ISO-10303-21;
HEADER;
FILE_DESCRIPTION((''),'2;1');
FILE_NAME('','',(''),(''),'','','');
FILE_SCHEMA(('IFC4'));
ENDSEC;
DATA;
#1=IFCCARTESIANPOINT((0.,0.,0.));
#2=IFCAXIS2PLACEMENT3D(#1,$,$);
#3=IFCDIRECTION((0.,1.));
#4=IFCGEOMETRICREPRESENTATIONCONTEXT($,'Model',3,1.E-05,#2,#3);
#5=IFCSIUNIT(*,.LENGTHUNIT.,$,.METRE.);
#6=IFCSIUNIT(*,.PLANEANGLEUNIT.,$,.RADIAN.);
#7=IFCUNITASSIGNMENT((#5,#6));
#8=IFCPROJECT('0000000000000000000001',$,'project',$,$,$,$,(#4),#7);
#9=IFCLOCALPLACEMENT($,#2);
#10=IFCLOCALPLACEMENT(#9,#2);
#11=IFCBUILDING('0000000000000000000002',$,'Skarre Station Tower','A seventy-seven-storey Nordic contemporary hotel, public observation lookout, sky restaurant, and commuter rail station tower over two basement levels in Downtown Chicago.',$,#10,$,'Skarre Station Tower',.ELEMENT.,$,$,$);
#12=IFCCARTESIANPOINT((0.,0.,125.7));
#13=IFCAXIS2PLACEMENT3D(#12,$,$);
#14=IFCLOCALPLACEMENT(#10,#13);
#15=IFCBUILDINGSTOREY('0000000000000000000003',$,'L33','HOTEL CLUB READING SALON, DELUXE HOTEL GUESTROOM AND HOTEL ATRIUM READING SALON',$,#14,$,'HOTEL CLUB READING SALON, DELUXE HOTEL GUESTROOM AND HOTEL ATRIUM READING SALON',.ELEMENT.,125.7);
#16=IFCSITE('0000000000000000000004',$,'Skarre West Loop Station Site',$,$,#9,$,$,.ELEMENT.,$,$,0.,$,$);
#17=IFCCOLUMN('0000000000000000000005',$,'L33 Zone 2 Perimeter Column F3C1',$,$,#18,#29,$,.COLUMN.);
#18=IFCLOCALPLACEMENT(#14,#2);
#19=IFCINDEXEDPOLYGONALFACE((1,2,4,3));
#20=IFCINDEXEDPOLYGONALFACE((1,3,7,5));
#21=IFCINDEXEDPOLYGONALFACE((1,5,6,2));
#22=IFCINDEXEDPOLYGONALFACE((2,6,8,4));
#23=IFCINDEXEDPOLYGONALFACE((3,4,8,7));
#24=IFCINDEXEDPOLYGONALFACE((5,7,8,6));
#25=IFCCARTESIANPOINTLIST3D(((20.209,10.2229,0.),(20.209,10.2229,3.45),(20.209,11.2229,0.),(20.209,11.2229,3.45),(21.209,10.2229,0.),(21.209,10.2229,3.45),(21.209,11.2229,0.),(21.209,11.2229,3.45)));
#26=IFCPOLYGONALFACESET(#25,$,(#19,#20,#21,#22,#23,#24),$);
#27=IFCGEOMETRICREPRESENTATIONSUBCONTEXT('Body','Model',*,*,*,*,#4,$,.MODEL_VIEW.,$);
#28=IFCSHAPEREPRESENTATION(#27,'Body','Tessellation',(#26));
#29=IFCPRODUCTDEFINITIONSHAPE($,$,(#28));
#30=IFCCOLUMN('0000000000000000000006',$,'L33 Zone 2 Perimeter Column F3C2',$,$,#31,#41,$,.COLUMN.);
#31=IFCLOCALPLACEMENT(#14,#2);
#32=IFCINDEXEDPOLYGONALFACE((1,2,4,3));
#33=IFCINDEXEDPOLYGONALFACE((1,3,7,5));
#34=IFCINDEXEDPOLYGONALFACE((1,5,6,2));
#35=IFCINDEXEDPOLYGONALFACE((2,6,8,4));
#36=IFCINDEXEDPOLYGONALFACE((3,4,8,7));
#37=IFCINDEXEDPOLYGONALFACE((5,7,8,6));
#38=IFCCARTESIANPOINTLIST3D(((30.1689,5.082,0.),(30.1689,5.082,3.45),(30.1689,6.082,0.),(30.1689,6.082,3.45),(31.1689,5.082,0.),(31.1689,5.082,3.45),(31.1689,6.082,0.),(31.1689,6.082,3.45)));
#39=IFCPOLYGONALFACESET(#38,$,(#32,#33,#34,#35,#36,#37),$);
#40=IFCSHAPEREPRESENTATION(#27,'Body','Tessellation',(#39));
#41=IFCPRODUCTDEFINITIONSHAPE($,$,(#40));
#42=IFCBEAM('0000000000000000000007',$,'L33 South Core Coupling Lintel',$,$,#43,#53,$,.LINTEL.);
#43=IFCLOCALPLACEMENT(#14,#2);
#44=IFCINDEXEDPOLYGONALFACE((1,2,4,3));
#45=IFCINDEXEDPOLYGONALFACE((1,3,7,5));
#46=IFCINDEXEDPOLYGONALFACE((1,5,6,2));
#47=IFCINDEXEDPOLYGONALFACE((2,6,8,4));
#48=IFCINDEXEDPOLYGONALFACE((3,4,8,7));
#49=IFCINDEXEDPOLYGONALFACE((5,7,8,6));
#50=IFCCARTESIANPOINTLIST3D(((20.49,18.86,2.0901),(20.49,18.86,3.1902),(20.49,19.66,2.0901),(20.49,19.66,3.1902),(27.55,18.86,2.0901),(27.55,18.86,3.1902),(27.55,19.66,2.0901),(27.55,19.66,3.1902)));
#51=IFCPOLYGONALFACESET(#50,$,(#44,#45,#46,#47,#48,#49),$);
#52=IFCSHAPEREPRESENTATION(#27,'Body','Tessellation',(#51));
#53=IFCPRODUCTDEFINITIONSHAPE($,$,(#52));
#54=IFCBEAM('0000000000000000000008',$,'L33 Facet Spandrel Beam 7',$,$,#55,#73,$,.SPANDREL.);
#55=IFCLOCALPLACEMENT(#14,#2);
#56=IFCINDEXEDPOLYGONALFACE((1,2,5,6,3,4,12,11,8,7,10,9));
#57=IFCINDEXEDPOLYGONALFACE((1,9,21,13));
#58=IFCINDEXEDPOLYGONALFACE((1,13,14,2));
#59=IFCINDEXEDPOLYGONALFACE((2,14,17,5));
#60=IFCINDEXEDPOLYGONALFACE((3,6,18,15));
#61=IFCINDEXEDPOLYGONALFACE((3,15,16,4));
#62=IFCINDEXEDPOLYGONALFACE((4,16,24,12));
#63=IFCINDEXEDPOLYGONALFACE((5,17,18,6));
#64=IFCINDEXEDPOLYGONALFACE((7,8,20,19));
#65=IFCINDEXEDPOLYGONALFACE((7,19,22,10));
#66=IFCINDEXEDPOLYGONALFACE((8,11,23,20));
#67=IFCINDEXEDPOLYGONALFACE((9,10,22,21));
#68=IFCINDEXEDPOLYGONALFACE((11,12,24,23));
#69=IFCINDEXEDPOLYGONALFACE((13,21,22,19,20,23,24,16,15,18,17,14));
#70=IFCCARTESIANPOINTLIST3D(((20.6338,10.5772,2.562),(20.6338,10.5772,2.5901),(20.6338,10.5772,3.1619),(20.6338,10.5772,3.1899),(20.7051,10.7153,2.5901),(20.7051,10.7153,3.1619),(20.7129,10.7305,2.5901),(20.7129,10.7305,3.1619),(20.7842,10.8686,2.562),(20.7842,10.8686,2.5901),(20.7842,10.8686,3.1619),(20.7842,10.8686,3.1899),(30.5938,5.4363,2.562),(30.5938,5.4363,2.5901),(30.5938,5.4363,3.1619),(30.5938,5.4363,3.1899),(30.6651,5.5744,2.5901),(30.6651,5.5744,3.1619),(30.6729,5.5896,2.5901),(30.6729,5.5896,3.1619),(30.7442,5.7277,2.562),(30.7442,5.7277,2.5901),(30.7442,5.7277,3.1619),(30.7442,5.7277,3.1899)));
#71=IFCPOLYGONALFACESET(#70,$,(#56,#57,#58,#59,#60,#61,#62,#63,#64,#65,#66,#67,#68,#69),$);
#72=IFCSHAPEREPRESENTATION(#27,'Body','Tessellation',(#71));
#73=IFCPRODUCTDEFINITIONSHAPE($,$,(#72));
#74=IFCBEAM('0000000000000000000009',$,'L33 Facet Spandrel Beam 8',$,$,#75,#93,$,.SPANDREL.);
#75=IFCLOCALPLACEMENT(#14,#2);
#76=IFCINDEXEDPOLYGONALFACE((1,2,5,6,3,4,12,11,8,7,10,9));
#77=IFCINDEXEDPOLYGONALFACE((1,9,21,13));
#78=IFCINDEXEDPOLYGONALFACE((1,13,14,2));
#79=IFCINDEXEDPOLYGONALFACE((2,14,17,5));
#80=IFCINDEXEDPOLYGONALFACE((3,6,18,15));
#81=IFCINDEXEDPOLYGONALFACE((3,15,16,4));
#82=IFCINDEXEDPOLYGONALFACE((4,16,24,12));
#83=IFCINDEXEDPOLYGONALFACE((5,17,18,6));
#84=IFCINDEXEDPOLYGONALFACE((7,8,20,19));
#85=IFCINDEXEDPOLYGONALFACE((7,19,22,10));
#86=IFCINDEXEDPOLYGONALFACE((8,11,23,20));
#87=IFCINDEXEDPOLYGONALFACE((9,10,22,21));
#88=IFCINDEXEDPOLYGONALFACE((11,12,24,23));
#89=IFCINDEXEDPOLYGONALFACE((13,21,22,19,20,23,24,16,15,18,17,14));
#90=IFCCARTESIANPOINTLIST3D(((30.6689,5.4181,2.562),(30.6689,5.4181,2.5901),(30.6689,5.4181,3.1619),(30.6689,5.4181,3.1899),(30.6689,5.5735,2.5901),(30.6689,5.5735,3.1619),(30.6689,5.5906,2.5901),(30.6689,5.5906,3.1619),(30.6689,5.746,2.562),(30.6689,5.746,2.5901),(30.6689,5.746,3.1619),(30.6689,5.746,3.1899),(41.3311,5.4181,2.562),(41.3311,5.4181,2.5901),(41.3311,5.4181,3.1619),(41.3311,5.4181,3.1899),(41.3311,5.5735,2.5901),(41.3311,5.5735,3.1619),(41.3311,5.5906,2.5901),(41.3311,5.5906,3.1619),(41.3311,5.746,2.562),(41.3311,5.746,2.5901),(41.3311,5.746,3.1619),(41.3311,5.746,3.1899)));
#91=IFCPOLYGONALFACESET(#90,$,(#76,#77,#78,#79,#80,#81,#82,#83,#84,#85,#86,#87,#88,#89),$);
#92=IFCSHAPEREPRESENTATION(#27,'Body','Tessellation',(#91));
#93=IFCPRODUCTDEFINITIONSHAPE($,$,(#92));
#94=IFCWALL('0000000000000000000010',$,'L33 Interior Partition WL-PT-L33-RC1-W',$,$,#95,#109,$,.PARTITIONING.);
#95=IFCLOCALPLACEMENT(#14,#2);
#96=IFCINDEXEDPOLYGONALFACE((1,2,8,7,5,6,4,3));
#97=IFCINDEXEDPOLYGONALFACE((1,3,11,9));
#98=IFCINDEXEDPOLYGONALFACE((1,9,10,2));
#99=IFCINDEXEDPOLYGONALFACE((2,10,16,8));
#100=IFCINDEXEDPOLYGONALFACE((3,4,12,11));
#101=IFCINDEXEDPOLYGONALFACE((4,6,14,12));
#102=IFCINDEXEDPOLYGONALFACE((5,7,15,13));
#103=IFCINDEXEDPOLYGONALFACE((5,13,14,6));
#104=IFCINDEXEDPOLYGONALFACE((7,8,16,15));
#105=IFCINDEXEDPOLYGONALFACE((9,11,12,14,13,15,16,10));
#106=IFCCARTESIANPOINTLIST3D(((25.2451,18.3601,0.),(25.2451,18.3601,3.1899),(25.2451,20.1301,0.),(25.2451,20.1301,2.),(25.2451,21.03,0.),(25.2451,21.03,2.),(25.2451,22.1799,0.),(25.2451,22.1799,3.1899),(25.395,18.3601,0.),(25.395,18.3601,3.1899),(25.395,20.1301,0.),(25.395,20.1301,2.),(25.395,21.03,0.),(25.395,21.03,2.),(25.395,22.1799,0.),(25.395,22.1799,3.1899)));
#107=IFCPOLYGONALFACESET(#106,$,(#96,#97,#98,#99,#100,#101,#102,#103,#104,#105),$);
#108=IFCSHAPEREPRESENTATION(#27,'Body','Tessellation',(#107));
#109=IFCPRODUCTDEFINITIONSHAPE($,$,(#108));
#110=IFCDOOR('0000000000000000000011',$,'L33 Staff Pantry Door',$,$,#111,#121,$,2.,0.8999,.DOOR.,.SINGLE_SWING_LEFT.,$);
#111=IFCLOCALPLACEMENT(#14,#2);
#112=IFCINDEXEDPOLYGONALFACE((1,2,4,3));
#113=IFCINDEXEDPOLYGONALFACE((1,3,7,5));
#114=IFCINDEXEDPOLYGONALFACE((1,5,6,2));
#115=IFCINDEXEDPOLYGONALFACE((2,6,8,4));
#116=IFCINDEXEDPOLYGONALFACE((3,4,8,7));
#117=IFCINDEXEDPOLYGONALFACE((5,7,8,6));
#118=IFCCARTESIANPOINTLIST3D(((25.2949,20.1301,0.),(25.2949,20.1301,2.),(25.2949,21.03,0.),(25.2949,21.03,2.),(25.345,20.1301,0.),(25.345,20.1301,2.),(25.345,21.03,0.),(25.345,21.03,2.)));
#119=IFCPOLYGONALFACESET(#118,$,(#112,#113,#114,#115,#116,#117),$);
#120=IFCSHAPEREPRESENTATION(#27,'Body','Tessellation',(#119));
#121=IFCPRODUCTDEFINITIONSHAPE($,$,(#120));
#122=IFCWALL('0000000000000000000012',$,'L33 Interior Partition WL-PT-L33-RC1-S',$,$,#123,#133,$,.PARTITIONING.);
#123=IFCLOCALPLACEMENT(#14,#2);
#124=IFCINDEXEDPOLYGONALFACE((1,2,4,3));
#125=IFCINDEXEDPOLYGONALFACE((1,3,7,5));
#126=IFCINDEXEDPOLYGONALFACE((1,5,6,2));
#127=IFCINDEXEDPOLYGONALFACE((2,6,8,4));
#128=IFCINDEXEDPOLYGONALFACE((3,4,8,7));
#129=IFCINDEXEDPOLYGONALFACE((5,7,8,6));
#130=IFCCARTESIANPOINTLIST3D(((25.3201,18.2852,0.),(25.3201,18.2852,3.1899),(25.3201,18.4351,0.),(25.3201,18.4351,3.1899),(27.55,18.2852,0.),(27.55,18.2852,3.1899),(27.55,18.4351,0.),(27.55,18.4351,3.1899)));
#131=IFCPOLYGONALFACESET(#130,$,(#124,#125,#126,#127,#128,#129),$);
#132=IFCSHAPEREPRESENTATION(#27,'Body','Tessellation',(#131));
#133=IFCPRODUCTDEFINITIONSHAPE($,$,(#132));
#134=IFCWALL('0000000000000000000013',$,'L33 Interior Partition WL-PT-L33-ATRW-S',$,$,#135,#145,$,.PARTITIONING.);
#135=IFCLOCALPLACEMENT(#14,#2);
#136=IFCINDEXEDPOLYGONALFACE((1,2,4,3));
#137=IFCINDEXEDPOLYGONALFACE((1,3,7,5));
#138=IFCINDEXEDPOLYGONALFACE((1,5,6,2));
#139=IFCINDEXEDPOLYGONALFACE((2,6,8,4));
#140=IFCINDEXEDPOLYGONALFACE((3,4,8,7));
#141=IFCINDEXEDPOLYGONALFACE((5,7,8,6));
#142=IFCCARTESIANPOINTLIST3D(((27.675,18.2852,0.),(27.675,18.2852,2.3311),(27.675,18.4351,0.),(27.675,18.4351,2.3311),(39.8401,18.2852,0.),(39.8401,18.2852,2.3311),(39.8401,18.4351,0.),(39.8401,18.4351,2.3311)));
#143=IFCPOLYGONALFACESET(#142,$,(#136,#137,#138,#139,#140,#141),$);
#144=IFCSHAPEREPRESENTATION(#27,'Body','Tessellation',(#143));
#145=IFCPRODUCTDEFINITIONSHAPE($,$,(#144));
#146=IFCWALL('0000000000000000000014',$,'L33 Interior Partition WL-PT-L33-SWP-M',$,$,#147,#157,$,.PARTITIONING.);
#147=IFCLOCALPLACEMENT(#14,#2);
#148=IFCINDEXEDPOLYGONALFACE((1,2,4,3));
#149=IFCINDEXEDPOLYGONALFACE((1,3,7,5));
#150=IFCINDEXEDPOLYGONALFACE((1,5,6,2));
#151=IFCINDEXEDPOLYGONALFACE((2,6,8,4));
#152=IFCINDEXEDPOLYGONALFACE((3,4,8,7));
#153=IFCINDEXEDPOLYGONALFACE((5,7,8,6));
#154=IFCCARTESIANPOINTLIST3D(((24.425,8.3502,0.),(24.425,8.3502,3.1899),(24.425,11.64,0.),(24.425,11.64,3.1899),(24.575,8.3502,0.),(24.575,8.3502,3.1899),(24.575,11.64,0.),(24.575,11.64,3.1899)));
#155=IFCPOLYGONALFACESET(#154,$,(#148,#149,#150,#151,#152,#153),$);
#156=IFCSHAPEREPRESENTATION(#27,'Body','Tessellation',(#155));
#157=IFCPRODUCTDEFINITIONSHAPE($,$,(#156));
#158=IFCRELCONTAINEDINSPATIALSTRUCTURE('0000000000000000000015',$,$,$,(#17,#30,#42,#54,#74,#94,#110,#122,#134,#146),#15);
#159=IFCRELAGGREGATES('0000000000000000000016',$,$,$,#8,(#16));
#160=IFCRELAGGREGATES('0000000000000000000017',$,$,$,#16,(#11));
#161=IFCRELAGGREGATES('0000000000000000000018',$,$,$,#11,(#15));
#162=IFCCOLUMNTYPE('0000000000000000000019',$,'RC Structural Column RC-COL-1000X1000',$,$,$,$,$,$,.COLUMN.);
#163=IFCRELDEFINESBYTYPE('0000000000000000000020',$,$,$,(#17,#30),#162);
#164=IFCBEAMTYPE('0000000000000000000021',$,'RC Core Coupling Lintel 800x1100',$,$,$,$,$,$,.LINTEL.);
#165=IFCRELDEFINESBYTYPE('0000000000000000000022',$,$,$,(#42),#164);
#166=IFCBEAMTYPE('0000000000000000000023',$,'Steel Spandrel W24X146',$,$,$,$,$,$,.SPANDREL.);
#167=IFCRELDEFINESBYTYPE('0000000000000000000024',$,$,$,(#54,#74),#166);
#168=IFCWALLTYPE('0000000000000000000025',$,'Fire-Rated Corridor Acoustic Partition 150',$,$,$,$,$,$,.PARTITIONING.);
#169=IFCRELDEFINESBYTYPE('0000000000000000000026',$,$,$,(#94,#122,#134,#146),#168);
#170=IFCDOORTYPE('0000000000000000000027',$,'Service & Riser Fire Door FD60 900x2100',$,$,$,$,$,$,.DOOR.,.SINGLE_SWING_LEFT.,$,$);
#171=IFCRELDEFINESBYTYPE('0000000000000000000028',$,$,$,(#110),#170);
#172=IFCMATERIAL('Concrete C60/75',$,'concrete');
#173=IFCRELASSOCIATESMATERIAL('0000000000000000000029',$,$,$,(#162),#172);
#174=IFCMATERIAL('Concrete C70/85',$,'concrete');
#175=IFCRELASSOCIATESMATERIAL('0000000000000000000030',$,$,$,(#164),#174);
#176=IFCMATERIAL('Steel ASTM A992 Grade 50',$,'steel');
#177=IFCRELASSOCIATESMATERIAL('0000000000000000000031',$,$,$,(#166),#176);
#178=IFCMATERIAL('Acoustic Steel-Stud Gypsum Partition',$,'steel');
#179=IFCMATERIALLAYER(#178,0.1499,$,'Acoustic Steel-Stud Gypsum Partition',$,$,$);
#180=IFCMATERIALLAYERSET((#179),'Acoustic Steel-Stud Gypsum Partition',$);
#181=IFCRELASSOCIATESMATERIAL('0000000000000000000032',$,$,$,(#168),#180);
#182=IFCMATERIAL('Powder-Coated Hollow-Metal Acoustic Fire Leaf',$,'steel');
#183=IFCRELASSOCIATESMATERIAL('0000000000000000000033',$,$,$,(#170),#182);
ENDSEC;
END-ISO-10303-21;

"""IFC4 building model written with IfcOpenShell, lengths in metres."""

from ifc_helpers import new_model, si_unit, direction, frame, frame_2d, origin, origin_2d, place, context, subcontext, project, spatial, rectangle, i_section, extrude, material, layer, layer_set, material_profile, profile_set, type_object, element, fill, save


model = new_model("IFC4")

# Units and contexts
model_context = context("Model", 3, precision=1e-05, world=origin(), true_north=direction((0.0, 1.0)))
body_context = subcontext(model_context, "Body", "Model", "MODEL_VIEW")
ifc_project = project(units=[si_unit("LENGTHUNIT", "METRE"), si_unit("PLANEANGLEUNIT", "RADIAN")], contexts=[model_context])

# Site, building, storey
site_placement = place(None, origin())
site = spatial("IfcSite", under=ifc_project, at=site_placement, Name="Skarre West Loop Station Site", CompositionType="ELEMENT", RefElevation=0.0)
building_placement = place(site_placement, origin())
building = spatial("IfcBuilding", under=site, at=building_placement, Name="Skarre Station Tower", Description="A seventy-seven-storey Nordic contemporary hotel, public observation lookout, sky restaurant, and commuter rail station tower over two basement levels in Downtown Chicago.", LongName="Skarre Station Tower", CompositionType="ELEMENT")
storey_placement = place(building_placement, frame((0.0, 0.0, 125.7)))
storey = spatial("IfcBuildingStorey", under=building, at=storey_placement, Name="L33", Description="HOTEL CLUB READING SALON, DELUXE HOTEL GUESTROOM AND HOTEL ATRIUM READING SALON", LongName="HOTEL CLUB READING SALON, DELUXE HOTEL GUESTROOM AND HOTEL ATRIUM READING SALON", CompositionType="ELEMENT", Elevation=125.7)

# Columns
ifc_material_1 = material(Name="Concrete C60/75", Category="concrete")
ifc_material_profile_1 = material_profile(ifc_material_1, rectangle(XDim=1.0, YDim=1.0, at=origin_2d()), Name="Concrete C60/75")
ifc_profile_set_1 = profile_set([ifc_material_profile_1], Name="Concrete C60/75")
column_type = type_object("IfcColumnType", Name="RC Structural Column RC-COL-1000X1000", PredefinedType="COLUMN", material=ifc_profile_set_1)
for number, where, z_axis, x_axis, name in (
    (1, (20.709, 10.7229, 0.0), (0.0, 0.0, 1.0), (1.0, 0.0, 0.0), "L33 Zone 2 Perimeter Column F3C1"),
    (2, (30.6689, 5.582, 0.0), (0.0, 0.0, 1.0), (1.0, 0.0, 0.0), "L33 Zone 2 Perimeter Column F3C2"),
):
    element("IfcColumn", number, at=place(storey_placement, frame(where, z_axis=z_axis, x_axis=x_axis)), inside=storey, type_object=column_type, Name=name, PredefinedType="COLUMN", context=body_context, shape_type="SweptSolid", body=[
        extrude(rectangle(XDim=1.0, YDim=1.0, at=origin_2d()), origin(), (0.0, 0.0, 1.0), 3.45),
    ])

# Beams
ifc_material_2 = material(Name="Concrete C70/85", Category="concrete")
ifc_material_profile_2 = material_profile(ifc_material_2, rectangle(XDim=0.8, YDim=1.1001, at=origin_2d()), Name="Concrete C70/85")
ifc_profile_set_2 = profile_set([ifc_material_profile_2], Name="Concrete C70/85")
beam_type_1 = type_object("IfcBeamType", Name="RC Core Coupling Lintel 800x1100", PredefinedType="LINTEL", material=ifc_profile_set_2)
beam_1_placement = place(storey_placement, frame((20.49, 19.26, 2.6401), z_axis=(1.0, 0.0, 0.0), x_axis=(0.0, 1.0, 0.0)))
element("IfcBeam", 3, at=beam_1_placement, inside=storey, type_object=beam_type_1, Name="L33 South Core Coupling Lintel", PredefinedType="LINTEL", context=body_context, shape_type="SweptSolid", body=[
    extrude(rectangle(XDim=0.8, YDim=1.1001, at=origin_2d()), origin(), (0.0, 0.0, 1.0), 7.0601),
])
ifc_material_3 = material(Name="Steel ASTM A992 Grade 50", Category="steel")
ifc_material_profile_3 = material_profile(ifc_material_3, i_section(OverallWidth=0.3279, OverallDepth=0.6279, WebThickness=0.0171, FlangeThickness=0.0281, at=origin_2d()), Name="Steel ASTM A992 Grade 50")
ifc_profile_set_3 = profile_set([ifc_material_profile_3], Name="Steel ASTM A992 Grade 50")
beam_type_2 = type_object("IfcBeamType", Name="Steel Spandrel W24X146", PredefinedType="SPANDREL", material=ifc_profile_set_3)
beam_2_placement = place(storey_placement, frame((20.709, 10.7229, 2.876), z_axis=(0.888612, -0.45866, 0.0), x_axis=(0.45866, 0.888612, 0.0)))
element("IfcBeam", 4, at=beam_2_placement, inside=storey, type_object=beam_type_2, Name="L33 Facet Spandrel Beam 7", PredefinedType="SPANDREL", context=body_context, shape_type="SweptSolid", body=[
    extrude(i_section(OverallWidth=0.3279, OverallDepth=0.6279, WebThickness=0.0171, FlangeThickness=0.0281, at=origin_2d()), origin(), (0.0, 0.0, 1.0), 11.2085),
])
beam_3_placement = place(storey_placement, frame((30.6689, 5.582, 2.876), z_axis=(1.0, 0.0, 0.0), x_axis=(0.0, 1.0, 0.0)))
element("IfcBeam", 5, at=beam_3_placement, inside=storey, type_object=beam_type_2, Name="L33 Facet Spandrel Beam 8", PredefinedType="SPANDREL", context=body_context, shape_type="SweptSolid", body=[
    extrude(i_section(OverallWidth=0.3279, OverallDepth=0.6279, WebThickness=0.0171, FlangeThickness=0.0281, at=origin_2d()), origin(), (0.0, 0.0, 1.0), 10.6621),
])

# Wall, opening, door
ifc_material_4 = material(Name="Acoustic Steel-Stud Gypsum Partition", Category="steel")
ifc_layer_1 = layer(ifc_material_4, 0.1499, Name="Acoustic Steel-Stud Gypsum Partition")
ifc_layer_set_1 = layer_set([ifc_layer_1], Name="Acoustic Steel-Stud Gypsum Partition")
wall_type_1 = type_object("IfcWallType", Name="Fire-Rated Corridor Acoustic Partition 150", PredefinedType="PARTITIONING", material=ifc_layer_set_1)
wall_1_placement = place(storey_placement, frame((25.3201, 22.1799, 0.0), z_axis=(0.0, 0.0, 1.0), x_axis=(0.0, -1.0, 0.0)))
wall_1 = element("IfcWall", 6, at=wall_1_placement, inside=storey, type_object=wall_type_1, Name="L33 Interior Partition WL-PT-L33-RC1-W", PredefinedType="PARTITIONING", context=body_context, shape_type="SweptSolid", body=[
    extrude(rectangle(XDim=3.8198, YDim=0.1499, at=frame_2d((1.9099, 0.0))), origin(), (0.0, 0.0, 1.0), 3.1899),
])
opening_1_placement = place(wall_1_placement, frame((1.1499, 0.0, 0.0)))
opening_1 = element("IfcOpeningElement", 7, at=opening_1_placement, cuts=wall_1, PredefinedType="OPENING", context=body_context, shape_type="SweptSolid", body=[
    extrude(rectangle(XDim=0.8999, YDim=2.0, at=frame_2d((0.45, 1.0))), frame((0.0, 0.085, 0.0), z_axis=(0.0, -1.0, 0.0), x_axis=(1.0, 0.0, 0.0)), (0.0, 0.0, 1.0), 0.1699),
])
ifc_material_5 = material(Name="Powder-Coated Hollow-Metal Acoustic Fire Leaf", Category="steel")
door_type_1 = type_object("IfcDoorType", Name="Service & Riser Fire Door FD60 900x2100", OperationType="SINGLE_SWING_LEFT", PredefinedType="DOOR", material=ifc_material_5)
door_1_placement = place(opening_1_placement, origin())
door_1 = element("IfcDoor", 8, at=door_1_placement, inside=storey, type_object=door_type_1, Name="L33 Staff Pantry Door", OperationType="SINGLE_SWING_LEFT", OverallHeight=2.0, OverallWidth=0.8999, PredefinedType="DOOR", context=body_context, shape_type="SweptSolid", body=[
    extrude(rectangle(XDim=0.8999, YDim=2.0, at=frame_2d((0.45, 1.0))), frame((0.0, 0.0249, 0.0), z_axis=(0.0, -1.0, 0.0), x_axis=(1.0, 0.0, 0.0)), (0.0, 0.0, 1.0), 0.05),
])
fill(opening_1, door_1)

# Walls
wall_2_placement = place(storey_placement, frame((25.3201, 18.3601, 0.0), z_axis=(0.0, 0.0, 1.0), x_axis=(1.0, 0.0, 0.0)))
element("IfcWall", 9, at=wall_2_placement, inside=storey, type_object=wall_type_1, Name="L33 Interior Partition WL-PT-L33-RC1-S", PredefinedType="PARTITIONING", context=body_context, shape_type="SweptSolid", body=[
    extrude(rectangle(XDim=2.23, YDim=0.1499, at=frame_2d((1.115, 0.0))), origin(), (0.0, 0.0, 1.0), 3.1899),
])
wall_3_placement = place(storey_placement, frame((27.675, 18.3601, 0.0), z_axis=(0.0, 0.0, 1.0), x_axis=(1.0, 0.0, 0.0)))
element("IfcWall", 10, at=wall_3_placement, inside=storey, type_object=wall_type_1, Name="L33 Interior Partition WL-PT-L33-ATRW-S", PredefinedType="PARTITIONING", context=body_context, shape_type="SweptSolid", body=[
    extrude(rectangle(XDim=12.165, YDim=0.1499, at=frame_2d((6.0825, 0.0))), origin(), (0.0, 0.0, 1.0), 2.3311),
])
wall_4_placement = place(storey_placement, frame((24.5, 8.3501, 0.0), z_axis=(0.0, 0.0, 1.0), x_axis=(0.0, 1.0, 0.0)))
element("IfcWall", 11, at=wall_4_placement, inside=storey, type_object=wall_type_1, Name="L33 Interior Partition WL-PT-L33-SWP-M", PredefinedType="PARTITIONING", context=body_context, shape_type="SweptSolid", body=[
    extrude(rectangle(XDim=3.2898, YDim=0.1499, at=frame_2d((1.645, 0.0))), origin(), (0.0, 0.0, 1.0), 3.1899),
])

save(model, "model.ifc")
